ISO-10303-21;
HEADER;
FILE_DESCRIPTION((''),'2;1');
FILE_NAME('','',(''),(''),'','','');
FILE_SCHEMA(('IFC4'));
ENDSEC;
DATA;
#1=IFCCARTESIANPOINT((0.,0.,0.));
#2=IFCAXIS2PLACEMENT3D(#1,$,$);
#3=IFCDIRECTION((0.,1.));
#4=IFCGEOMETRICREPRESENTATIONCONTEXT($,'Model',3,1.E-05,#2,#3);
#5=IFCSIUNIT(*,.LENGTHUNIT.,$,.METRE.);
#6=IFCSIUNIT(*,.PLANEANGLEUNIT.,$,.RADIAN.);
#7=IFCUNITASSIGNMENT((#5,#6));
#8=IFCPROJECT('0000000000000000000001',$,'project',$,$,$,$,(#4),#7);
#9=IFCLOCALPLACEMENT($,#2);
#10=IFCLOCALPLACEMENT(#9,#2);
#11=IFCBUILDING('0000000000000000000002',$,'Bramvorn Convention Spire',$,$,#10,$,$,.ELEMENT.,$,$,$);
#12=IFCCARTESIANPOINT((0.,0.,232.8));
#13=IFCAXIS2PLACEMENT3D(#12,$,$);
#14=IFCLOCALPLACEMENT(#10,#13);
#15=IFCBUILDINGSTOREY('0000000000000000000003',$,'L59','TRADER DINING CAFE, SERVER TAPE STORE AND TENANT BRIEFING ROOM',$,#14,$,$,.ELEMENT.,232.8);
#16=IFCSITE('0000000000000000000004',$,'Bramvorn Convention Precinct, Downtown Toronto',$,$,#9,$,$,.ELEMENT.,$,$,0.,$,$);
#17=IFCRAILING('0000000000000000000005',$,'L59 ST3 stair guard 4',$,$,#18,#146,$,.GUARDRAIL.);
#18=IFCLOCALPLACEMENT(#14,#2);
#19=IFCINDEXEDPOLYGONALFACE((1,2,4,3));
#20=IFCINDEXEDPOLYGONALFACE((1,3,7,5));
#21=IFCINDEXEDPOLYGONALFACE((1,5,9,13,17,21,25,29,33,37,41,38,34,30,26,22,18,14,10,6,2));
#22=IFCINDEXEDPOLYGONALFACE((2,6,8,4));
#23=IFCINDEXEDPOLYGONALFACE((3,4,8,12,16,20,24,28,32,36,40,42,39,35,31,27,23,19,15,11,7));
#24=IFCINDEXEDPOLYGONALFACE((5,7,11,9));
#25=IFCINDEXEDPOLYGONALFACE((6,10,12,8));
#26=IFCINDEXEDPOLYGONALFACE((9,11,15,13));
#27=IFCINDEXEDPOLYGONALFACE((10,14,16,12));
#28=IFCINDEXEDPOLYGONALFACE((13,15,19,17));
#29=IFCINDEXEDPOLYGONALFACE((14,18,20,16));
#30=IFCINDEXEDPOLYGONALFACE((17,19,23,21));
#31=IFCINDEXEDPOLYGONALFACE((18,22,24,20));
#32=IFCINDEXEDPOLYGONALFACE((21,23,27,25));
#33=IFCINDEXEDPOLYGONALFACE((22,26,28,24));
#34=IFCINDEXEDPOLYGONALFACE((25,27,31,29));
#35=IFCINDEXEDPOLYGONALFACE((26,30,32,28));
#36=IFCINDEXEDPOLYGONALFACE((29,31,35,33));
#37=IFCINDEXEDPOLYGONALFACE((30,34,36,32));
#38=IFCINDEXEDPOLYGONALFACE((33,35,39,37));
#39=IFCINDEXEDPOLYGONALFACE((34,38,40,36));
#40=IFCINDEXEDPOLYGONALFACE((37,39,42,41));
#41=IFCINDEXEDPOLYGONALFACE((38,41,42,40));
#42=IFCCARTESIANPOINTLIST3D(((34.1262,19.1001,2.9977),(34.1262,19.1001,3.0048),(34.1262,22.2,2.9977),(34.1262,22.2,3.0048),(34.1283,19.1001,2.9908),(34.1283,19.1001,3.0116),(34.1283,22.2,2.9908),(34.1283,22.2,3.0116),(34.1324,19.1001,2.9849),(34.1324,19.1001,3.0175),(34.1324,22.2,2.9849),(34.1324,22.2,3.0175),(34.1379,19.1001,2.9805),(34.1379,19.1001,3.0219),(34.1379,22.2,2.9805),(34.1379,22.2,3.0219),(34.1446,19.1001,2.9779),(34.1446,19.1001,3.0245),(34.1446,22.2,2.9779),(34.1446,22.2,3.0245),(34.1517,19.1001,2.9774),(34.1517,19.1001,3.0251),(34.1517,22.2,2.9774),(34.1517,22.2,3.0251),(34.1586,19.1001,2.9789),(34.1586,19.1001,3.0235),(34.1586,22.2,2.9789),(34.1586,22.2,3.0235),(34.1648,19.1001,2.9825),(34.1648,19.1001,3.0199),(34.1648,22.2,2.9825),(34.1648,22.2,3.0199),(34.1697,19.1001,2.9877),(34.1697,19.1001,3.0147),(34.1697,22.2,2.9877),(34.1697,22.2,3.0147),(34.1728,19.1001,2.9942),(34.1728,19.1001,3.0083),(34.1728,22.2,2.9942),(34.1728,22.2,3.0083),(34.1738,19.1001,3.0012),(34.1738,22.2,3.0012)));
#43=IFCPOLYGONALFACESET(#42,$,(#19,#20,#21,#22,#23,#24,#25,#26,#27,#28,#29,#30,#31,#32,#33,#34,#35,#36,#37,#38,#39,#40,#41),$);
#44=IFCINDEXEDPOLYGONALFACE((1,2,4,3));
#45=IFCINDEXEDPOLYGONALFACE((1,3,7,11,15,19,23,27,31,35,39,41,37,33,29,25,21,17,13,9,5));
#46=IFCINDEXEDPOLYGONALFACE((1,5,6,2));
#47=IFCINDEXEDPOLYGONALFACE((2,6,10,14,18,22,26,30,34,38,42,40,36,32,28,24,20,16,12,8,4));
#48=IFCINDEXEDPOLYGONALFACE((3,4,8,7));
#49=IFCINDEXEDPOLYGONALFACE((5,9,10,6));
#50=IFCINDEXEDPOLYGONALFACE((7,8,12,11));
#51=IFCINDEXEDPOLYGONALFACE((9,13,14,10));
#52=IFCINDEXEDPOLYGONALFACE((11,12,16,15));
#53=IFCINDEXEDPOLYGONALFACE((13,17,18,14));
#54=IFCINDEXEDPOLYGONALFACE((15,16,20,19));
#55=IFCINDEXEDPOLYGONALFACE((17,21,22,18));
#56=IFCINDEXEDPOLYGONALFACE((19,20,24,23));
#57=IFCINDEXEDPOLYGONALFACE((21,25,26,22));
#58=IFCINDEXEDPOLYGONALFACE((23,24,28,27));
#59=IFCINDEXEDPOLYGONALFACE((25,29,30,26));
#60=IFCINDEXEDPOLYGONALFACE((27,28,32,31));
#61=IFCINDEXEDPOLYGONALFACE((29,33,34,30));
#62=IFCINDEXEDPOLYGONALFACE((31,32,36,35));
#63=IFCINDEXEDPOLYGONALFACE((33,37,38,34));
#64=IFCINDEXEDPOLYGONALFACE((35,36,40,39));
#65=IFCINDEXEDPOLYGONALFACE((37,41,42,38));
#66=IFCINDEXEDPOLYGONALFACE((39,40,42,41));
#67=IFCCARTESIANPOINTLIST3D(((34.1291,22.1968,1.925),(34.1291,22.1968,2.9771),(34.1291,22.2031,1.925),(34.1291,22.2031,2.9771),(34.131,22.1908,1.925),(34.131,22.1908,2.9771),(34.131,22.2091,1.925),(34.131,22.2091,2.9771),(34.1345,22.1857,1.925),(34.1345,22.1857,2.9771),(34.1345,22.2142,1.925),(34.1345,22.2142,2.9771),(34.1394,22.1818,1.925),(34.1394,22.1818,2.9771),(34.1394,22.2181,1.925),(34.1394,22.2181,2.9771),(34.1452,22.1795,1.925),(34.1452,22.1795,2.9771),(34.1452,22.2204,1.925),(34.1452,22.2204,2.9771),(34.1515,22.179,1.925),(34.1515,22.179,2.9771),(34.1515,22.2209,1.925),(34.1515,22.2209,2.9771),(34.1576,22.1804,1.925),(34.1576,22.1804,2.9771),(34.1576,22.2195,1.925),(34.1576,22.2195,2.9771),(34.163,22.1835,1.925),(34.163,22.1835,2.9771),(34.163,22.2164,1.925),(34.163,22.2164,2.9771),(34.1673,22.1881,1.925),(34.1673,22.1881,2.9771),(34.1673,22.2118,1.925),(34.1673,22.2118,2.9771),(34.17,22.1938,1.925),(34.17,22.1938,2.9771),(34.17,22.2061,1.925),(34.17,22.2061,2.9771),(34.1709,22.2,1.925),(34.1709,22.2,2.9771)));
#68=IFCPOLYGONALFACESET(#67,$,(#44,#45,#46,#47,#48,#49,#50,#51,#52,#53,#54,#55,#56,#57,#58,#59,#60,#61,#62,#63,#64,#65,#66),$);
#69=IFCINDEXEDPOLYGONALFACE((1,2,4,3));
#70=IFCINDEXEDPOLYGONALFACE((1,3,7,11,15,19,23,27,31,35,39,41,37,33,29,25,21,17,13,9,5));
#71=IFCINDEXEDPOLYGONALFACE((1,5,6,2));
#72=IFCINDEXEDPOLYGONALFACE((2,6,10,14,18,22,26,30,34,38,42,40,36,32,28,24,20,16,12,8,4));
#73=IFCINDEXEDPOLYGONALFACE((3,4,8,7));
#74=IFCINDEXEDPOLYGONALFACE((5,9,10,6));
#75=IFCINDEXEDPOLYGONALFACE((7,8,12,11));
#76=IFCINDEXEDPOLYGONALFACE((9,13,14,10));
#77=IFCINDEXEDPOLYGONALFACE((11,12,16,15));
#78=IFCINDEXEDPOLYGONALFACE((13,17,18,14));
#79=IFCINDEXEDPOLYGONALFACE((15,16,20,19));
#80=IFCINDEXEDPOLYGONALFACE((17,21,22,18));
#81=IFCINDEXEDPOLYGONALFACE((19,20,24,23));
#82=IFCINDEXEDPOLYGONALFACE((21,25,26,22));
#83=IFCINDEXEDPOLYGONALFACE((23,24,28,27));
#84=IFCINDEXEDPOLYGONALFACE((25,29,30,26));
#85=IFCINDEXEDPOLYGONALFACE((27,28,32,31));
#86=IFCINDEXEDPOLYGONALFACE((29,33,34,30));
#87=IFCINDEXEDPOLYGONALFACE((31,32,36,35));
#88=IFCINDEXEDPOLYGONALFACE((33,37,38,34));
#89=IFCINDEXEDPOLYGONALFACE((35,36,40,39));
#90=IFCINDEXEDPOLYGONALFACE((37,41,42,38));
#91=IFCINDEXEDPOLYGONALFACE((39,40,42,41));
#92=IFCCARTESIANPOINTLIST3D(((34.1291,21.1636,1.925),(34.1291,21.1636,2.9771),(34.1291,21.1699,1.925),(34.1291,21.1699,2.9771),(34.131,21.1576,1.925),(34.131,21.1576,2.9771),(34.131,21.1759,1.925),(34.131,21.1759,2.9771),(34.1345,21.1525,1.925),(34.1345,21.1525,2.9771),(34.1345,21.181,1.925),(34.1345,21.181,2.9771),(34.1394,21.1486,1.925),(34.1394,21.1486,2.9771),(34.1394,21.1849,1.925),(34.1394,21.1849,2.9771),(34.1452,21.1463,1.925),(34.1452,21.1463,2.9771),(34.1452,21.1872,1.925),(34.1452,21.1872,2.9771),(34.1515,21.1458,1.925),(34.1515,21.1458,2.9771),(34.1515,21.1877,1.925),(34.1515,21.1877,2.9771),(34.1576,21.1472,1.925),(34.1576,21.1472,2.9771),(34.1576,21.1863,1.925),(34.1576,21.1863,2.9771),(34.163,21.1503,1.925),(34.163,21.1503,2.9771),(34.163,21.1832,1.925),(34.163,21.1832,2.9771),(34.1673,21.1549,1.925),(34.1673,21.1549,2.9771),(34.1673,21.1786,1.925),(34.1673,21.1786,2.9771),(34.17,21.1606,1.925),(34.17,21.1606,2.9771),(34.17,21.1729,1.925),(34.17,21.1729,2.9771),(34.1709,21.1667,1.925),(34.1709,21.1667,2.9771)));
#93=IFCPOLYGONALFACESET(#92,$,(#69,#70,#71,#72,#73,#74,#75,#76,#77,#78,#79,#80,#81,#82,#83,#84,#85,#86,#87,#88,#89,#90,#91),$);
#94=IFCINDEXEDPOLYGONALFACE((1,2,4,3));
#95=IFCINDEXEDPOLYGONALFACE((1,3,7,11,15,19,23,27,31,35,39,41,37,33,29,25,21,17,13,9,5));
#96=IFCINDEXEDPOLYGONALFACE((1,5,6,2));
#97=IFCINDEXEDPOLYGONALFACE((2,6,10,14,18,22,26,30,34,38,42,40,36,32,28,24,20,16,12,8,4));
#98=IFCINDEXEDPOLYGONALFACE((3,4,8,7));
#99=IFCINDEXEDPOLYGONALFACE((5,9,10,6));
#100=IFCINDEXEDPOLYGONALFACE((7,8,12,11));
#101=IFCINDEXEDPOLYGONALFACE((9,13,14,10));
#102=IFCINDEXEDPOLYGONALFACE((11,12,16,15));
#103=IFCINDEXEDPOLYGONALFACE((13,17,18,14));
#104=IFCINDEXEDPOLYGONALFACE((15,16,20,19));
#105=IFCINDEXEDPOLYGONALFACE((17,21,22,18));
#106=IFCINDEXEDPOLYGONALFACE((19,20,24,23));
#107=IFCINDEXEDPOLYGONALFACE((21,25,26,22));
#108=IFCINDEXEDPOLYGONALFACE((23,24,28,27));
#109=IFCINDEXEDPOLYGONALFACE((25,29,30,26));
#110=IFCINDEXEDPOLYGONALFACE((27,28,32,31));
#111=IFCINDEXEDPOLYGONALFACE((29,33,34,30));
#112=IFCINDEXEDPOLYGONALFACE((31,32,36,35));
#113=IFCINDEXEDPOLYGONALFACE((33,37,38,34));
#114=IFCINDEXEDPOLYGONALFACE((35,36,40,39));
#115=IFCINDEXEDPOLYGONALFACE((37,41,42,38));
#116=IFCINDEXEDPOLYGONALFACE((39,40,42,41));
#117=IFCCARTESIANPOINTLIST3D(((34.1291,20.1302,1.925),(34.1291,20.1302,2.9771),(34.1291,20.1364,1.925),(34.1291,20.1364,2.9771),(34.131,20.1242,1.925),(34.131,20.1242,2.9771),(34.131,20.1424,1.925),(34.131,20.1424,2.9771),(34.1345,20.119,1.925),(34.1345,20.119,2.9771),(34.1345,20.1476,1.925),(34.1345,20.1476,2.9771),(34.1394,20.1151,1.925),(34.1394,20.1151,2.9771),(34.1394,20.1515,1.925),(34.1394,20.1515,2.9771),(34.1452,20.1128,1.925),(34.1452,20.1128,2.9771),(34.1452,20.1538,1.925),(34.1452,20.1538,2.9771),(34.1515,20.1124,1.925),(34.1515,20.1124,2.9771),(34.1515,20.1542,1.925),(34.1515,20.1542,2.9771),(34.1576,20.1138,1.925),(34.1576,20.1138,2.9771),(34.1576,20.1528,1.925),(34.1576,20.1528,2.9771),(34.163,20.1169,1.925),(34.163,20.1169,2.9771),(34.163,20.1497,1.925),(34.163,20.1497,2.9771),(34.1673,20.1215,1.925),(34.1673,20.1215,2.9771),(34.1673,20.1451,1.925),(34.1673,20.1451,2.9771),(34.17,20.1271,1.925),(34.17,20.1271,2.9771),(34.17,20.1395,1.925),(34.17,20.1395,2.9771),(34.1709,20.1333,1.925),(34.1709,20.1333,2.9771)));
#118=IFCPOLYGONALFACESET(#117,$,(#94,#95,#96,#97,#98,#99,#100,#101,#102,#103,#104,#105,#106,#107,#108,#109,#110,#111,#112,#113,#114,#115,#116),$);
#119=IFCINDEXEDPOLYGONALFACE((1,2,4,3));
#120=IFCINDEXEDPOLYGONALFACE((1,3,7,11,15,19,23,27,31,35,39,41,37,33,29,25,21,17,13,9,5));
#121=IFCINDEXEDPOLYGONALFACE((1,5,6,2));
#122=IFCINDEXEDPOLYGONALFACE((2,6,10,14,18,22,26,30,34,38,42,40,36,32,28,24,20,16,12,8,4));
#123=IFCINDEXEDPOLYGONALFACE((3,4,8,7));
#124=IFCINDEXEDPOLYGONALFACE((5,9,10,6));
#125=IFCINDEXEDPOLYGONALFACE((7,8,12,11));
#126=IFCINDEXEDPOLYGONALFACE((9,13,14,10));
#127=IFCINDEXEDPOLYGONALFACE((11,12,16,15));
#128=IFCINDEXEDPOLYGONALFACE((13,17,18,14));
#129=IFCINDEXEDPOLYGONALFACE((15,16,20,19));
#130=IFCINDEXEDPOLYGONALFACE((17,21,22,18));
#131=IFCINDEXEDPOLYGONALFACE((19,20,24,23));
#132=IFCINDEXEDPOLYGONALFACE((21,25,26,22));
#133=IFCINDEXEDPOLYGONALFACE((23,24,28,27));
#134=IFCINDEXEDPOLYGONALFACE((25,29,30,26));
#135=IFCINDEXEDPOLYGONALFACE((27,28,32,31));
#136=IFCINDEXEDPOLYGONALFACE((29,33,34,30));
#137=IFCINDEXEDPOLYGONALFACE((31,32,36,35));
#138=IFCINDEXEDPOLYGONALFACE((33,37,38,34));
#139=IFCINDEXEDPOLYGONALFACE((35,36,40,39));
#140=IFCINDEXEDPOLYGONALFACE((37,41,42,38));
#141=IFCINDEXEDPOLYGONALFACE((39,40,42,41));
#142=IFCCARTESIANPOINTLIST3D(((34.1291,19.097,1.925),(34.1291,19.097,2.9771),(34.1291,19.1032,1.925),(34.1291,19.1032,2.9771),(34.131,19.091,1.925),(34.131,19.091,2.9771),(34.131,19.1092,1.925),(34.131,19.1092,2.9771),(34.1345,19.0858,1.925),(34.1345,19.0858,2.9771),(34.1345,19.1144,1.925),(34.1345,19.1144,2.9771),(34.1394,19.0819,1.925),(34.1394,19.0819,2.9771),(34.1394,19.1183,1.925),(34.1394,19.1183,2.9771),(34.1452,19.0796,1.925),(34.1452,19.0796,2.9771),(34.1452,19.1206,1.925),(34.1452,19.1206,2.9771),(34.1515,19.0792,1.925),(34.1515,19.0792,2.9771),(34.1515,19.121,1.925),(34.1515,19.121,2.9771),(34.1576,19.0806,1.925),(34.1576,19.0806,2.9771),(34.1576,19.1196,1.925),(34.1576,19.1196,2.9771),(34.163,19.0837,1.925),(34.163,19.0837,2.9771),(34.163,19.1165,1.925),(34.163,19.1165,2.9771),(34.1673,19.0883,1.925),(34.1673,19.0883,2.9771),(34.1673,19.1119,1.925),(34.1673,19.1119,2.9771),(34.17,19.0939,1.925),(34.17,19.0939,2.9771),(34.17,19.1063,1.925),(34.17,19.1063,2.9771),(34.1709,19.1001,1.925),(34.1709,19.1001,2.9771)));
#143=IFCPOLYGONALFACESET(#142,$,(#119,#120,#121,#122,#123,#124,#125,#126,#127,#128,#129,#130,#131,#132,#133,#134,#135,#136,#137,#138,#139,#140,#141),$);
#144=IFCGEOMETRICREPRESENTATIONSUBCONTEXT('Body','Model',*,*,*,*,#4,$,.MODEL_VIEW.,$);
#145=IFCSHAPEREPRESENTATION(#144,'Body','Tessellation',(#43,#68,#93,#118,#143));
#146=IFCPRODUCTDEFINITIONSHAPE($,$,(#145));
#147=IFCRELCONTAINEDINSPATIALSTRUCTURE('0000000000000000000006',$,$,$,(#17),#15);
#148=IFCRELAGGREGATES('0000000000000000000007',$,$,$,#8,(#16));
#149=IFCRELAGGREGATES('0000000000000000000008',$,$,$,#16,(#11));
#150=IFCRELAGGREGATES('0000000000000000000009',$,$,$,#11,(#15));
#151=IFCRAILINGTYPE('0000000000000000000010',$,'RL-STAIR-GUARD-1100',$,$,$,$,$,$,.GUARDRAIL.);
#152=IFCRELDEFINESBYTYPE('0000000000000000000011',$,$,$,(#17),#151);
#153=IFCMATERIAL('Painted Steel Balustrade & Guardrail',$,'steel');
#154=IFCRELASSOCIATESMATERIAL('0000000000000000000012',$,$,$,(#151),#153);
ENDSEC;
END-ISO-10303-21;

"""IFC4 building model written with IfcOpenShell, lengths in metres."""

from ifc_helpers import new_model, si_unit, direction, frame, origin, origin_2d, place, context, subcontext, project, spatial, circle, extrude, material, type_object, element, save


model = new_model("IFC4")

# Units and contexts
model_context = context("Model", 3, precision=1e-05, world=origin(), true_north=direction((0.0, 1.0)))
body_context = subcontext(model_context, "Body", "Model", "MODEL_VIEW")
ifc_project = project(units=[si_unit("LENGTHUNIT", "METRE"), si_unit("PLANEANGLEUNIT", "RADIAN")], contexts=[model_context])

# Site, building, storey
site_placement = place(None, origin())
site = spatial("IfcSite", under=ifc_project, at=site_placement, Name="Bramvorn Convention Precinct, Downtown Toronto", CompositionType="ELEMENT", RefElevation=0.0)
building_placement = place(site_placement, origin())
building = spatial("IfcBuilding", under=site, at=building_placement, Name="Bramvorn Convention Spire", CompositionType="ELEMENT")
storey_placement = place(building_placement, frame((0.0, 0.0, 232.8)))
storey = spatial("IfcBuildingStorey", under=building, at=storey_placement, Name="L59", Description="TRADER DINING CAFE, SERVER TAPE STORE AND TENANT BRIEFING ROOM", CompositionType="ELEMENT", Elevation=232.8)

# Railing
ifc_material_1 = material(Name="Painted Steel Balustrade & Guardrail", Category="steel")
railing_type_1 = type_object("IfcRailingType", Name="RL-STAIR-GUARD-1100", PredefinedType="GUARDRAIL", material=ifc_material_1)
for number, where, name in (
    (1, (34.1499, 22.2, 1.925), "L59 ST3 stair guard 4"),
):
    element("IfcRailing", number, at=place(storey_placement, frame(where)), inside=storey, type_object=railing_type_1, Name=name, PredefinedType="GUARDRAIL", context=body_context, shape_type="SweptSolid", body=[
        extrude(circle(Radius=0.0239, at=origin_2d()), frame((0.0, 0.0, 1.0762), z_axis=(0.0, -1.0, 0.0), x_axis=(1.0, 0.0, 0.0)), (0.0, 0.0, 1.0), 3.0999),
        extrude(circle(Radius=0.021, at=origin_2d()), origin(), (0.0, 0.0, 1.0), 1.052),
        extrude(circle(Radius=0.021, at=origin_2d()), frame((0.0, -1.0332, 0.0)), (0.0, 0.0, 1.0), 1.052),
        extrude(circle(Radius=0.021, at=origin_2d()), frame((0.0, -2.0667, 0.0)), (0.0, 0.0, 1.0), 1.052),
        extrude(circle(Radius=0.021, at=origin_2d()), frame((0.0, -3.0999, 0.0)), (0.0, 0.0, 1.0), 1.052),
    ])

save(model, "model.ifc")
